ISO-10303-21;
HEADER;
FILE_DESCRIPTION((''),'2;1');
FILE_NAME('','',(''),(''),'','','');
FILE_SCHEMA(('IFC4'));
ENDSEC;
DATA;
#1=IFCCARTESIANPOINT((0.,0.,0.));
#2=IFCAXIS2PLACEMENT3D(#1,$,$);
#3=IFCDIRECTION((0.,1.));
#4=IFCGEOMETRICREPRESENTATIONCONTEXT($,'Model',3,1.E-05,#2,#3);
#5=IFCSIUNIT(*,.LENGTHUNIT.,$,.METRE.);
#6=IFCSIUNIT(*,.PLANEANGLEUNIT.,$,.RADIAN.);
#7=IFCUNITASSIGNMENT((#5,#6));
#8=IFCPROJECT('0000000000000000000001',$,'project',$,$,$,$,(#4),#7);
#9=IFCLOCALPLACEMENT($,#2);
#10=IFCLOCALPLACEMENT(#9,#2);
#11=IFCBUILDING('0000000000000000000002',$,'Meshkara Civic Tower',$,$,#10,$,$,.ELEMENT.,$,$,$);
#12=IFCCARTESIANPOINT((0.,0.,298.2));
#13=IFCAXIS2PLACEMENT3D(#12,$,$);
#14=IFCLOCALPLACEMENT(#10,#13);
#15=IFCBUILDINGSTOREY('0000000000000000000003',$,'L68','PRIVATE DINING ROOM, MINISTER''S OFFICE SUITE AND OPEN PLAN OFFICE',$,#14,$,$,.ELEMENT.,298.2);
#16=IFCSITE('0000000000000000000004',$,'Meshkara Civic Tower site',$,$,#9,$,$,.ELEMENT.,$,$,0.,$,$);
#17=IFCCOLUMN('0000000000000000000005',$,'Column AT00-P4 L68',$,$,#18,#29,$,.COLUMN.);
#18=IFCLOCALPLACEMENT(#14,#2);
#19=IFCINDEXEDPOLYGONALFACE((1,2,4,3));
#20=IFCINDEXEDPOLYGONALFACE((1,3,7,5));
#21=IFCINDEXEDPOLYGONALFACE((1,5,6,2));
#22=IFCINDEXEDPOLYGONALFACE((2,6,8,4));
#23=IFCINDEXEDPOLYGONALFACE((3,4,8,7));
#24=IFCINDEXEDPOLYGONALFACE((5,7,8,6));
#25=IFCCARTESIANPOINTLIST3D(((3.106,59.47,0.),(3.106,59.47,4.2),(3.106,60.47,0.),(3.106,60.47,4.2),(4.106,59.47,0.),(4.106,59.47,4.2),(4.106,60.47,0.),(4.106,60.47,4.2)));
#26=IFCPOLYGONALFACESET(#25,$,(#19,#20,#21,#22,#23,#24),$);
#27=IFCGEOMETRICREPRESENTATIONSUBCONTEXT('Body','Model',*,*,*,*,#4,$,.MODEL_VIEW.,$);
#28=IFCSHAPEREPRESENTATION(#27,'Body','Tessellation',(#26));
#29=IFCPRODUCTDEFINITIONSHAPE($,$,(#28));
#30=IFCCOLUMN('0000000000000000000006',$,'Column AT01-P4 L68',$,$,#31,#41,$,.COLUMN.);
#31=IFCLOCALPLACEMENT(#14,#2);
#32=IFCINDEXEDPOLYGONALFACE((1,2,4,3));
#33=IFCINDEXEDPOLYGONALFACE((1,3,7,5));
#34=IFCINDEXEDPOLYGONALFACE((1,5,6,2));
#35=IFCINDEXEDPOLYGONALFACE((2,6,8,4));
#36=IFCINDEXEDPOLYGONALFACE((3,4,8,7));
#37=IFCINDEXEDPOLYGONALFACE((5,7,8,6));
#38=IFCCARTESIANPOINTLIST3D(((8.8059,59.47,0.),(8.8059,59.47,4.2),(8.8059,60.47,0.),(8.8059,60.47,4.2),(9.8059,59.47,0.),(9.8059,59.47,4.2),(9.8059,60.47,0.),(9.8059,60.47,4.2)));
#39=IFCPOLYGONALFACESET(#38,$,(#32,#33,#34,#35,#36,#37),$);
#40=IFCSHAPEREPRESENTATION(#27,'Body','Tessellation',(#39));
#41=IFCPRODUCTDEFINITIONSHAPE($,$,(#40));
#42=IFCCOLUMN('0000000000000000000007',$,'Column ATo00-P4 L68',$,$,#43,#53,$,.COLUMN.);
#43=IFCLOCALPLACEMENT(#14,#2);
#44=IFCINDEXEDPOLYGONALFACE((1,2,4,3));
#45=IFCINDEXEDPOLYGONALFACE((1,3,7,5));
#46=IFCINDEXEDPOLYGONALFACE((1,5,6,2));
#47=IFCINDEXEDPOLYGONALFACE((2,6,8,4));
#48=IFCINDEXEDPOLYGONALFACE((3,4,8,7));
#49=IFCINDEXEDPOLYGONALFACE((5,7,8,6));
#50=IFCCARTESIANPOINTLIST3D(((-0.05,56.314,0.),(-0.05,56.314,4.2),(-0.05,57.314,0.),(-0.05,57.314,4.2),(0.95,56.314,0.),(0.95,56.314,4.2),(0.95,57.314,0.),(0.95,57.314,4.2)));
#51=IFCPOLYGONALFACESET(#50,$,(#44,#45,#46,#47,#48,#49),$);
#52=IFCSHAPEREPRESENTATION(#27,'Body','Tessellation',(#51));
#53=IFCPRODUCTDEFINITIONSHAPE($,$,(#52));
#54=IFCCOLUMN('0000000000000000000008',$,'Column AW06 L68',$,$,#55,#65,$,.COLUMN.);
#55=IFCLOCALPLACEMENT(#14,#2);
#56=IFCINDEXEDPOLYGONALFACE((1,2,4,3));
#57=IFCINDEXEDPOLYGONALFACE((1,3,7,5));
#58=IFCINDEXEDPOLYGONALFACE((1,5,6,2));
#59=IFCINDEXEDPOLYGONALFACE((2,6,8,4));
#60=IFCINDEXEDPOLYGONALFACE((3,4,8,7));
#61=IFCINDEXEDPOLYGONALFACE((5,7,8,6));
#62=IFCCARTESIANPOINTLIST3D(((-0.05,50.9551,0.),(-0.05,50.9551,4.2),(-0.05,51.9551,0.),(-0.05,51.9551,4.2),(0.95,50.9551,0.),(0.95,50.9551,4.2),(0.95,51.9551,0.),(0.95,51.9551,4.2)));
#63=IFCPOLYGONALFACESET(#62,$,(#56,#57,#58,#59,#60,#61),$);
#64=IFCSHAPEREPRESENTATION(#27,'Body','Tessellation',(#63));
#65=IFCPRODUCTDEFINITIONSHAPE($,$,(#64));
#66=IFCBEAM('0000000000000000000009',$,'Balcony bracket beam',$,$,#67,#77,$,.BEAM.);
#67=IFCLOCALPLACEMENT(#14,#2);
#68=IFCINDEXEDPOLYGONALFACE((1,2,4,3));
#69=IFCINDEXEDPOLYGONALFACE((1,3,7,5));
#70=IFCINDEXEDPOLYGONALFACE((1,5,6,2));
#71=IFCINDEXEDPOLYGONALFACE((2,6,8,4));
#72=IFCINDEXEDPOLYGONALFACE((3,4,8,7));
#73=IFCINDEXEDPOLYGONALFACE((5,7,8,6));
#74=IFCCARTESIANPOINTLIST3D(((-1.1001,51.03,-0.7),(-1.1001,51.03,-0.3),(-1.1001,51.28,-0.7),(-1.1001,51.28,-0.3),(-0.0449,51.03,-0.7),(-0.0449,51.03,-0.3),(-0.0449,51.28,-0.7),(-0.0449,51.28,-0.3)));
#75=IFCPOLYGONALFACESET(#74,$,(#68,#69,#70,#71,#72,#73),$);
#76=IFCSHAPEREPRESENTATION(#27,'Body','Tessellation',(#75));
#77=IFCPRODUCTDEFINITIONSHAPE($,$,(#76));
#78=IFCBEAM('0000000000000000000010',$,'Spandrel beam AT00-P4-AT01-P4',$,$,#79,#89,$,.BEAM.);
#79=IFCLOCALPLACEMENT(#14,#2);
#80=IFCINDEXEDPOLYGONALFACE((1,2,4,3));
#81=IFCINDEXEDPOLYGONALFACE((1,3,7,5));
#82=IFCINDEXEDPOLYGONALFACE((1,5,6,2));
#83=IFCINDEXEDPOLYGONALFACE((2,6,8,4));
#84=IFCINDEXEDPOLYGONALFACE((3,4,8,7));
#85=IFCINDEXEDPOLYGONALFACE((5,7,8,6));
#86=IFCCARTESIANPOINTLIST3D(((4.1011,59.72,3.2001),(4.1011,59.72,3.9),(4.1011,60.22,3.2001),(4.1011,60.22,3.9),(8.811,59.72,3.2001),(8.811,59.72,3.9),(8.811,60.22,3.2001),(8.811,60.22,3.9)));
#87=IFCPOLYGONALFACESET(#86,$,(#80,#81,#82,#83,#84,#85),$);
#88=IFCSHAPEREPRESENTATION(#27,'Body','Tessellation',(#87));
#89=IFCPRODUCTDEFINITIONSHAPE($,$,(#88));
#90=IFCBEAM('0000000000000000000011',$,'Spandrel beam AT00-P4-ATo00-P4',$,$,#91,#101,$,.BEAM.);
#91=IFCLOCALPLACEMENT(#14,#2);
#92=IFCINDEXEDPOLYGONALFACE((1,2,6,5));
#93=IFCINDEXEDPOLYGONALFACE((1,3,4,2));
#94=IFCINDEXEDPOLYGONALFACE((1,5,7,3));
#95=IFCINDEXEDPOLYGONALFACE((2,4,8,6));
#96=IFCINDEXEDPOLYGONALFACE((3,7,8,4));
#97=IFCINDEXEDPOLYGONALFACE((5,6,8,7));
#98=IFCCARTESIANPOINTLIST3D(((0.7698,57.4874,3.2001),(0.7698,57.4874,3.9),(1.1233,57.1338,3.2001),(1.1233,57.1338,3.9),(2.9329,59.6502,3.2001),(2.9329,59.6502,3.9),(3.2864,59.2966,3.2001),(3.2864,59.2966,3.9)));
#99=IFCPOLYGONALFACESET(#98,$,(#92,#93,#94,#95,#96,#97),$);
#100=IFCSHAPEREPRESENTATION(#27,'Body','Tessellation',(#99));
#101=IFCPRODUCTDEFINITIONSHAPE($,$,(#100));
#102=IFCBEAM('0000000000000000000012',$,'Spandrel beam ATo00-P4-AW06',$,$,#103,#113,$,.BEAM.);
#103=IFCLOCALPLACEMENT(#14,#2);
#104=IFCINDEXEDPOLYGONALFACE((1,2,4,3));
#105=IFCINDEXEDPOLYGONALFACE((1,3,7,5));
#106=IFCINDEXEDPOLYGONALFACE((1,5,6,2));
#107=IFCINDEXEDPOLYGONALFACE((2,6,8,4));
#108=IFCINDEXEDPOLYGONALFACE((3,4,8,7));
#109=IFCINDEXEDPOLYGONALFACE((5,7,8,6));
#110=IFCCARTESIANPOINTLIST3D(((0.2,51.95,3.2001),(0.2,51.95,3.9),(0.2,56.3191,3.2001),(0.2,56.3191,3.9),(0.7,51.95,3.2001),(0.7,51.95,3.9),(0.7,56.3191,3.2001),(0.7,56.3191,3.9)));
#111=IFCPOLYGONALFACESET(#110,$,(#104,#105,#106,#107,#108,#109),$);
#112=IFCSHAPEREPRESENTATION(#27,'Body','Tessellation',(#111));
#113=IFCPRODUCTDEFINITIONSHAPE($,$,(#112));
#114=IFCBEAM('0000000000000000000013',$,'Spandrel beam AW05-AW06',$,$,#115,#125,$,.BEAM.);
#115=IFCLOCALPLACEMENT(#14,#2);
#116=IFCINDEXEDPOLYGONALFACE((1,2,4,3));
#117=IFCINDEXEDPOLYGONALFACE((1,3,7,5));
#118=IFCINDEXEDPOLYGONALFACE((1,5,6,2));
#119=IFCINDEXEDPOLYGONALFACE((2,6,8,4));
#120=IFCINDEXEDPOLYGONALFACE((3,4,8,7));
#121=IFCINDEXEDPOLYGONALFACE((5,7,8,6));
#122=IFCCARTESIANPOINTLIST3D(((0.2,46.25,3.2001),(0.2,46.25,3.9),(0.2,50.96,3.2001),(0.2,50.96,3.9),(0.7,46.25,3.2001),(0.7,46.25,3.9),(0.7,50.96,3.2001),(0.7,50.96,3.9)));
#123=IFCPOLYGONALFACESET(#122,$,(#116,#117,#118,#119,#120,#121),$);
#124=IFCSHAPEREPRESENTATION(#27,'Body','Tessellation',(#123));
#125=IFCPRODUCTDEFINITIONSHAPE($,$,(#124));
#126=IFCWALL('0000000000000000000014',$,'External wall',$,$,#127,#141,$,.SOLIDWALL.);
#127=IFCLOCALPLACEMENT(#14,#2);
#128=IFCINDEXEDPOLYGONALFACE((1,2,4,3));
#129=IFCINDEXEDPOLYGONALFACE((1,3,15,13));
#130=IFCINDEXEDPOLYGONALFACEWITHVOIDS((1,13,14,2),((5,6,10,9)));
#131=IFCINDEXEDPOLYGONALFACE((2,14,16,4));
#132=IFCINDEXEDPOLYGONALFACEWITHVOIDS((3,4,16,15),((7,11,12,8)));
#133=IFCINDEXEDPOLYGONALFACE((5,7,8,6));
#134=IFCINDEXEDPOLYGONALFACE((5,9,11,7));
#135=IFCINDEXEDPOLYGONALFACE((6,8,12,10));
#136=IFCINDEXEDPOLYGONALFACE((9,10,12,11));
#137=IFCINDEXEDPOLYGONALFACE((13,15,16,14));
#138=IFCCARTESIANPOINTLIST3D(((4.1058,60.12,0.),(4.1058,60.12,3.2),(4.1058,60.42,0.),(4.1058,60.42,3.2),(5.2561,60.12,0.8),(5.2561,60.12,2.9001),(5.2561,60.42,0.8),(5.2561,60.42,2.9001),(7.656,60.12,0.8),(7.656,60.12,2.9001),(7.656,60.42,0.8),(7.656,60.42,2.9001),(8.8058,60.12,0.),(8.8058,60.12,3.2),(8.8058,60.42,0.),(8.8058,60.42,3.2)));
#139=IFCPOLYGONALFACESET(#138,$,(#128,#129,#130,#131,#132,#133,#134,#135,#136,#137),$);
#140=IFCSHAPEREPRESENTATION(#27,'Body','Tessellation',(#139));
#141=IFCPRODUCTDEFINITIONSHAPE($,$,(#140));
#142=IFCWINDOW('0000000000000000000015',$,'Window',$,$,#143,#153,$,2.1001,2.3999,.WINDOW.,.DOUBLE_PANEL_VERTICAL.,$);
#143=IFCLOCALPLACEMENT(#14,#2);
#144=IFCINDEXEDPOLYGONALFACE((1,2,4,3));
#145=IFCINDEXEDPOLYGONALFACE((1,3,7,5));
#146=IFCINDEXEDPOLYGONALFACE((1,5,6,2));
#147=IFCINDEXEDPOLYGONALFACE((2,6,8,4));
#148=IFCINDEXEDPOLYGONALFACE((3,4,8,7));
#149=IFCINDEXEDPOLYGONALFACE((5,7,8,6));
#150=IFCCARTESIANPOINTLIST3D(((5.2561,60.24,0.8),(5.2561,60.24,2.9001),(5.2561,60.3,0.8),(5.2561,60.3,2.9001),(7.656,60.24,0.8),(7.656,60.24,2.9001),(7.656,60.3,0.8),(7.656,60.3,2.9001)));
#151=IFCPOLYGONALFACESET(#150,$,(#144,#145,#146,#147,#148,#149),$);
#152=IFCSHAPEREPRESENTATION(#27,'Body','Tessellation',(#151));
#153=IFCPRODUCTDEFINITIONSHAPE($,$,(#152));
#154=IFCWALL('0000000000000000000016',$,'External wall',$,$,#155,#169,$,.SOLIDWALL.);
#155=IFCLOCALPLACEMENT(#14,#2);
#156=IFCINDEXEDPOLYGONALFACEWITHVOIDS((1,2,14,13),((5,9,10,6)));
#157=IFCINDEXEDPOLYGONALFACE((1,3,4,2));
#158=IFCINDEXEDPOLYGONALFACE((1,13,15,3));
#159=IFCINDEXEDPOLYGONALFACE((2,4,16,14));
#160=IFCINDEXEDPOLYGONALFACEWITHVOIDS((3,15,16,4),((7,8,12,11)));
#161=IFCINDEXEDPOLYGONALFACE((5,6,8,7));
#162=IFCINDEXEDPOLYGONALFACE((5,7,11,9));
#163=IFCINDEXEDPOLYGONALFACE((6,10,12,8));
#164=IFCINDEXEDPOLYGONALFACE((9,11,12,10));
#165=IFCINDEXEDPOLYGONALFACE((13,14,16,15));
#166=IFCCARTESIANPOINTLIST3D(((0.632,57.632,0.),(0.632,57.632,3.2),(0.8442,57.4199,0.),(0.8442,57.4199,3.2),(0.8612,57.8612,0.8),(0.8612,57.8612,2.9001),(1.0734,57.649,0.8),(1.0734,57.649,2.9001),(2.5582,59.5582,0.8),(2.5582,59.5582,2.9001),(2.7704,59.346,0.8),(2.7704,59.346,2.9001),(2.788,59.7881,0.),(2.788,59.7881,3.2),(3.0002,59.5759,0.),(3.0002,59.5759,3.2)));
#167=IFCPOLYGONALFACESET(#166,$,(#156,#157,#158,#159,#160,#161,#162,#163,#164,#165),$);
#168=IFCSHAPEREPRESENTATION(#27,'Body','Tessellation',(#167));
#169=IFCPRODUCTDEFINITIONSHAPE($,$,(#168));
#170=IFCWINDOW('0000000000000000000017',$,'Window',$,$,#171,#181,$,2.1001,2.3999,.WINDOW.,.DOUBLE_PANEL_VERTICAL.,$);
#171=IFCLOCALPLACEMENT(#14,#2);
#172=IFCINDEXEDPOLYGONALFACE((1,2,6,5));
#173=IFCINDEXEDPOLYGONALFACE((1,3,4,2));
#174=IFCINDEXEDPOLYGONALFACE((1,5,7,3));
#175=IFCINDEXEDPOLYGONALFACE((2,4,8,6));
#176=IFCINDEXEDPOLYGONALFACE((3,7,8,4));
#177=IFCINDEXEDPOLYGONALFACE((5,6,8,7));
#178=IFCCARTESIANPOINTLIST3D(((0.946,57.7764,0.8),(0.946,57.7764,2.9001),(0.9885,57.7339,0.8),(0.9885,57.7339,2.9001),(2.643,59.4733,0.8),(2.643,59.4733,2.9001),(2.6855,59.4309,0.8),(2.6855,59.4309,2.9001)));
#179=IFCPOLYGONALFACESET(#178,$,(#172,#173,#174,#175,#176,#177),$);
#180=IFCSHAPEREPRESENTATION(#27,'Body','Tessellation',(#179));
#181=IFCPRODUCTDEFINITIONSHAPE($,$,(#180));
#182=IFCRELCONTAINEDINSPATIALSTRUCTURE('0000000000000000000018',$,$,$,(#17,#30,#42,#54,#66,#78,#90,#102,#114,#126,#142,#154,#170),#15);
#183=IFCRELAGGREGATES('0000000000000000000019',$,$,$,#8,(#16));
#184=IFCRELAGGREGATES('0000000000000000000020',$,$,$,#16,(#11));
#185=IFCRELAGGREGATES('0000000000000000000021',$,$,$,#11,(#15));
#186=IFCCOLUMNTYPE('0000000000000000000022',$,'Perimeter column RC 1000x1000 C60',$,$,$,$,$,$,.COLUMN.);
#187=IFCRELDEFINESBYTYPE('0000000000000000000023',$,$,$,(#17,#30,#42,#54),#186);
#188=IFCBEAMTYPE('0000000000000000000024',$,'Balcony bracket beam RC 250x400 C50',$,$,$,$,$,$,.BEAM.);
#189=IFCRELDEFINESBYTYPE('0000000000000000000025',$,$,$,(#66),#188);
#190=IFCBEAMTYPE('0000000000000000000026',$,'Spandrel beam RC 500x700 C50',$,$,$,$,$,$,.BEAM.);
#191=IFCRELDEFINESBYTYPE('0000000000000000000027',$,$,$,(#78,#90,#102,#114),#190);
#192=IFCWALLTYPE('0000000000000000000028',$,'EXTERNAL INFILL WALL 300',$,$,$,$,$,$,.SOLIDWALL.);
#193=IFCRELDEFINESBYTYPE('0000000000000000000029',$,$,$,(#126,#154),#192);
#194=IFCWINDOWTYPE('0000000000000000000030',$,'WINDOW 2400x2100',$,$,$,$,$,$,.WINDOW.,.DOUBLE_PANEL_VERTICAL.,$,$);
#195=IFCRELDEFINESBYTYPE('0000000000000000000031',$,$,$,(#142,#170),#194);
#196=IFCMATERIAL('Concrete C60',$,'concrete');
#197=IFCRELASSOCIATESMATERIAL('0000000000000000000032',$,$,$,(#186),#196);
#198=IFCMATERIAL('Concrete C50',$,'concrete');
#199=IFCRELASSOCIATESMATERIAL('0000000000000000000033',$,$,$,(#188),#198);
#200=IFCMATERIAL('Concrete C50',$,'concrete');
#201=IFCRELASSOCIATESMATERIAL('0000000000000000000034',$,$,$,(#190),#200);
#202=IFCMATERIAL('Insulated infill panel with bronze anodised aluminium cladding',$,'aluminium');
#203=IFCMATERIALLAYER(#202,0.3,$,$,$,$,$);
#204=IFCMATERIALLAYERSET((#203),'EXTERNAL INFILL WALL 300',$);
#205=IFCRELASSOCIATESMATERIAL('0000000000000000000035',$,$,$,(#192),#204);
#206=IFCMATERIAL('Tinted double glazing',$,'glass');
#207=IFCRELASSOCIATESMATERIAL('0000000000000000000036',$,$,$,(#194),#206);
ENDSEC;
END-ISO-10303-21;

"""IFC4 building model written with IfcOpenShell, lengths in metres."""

from ifc_helpers import new_model, si_unit, direction, frame, frame_2d, origin, origin_2d, place, context, subcontext, project, spatial, rectangle, extrude, material, layer, layer_set, material_profile, profile_set, type_object, element, fill, save


model = new_model("IFC4")

# Units and contexts
model_context = context("Model", 3, precision=1e-05, world=origin(), true_north=direction((0.0, 1.0)))
body_context = subcontext(model_context, "Body", "Model", "MODEL_VIEW")
ifc_project = project(units=[si_unit("LENGTHUNIT", "METRE"), si_unit("PLANEANGLEUNIT", "RADIAN")], contexts=[model_context])

# Site, building, storey
site_placement = place(None, origin())
site = spatial("IfcSite", under=ifc_project, at=site_placement, Name="Meshkara Civic Tower site", CompositionType="ELEMENT", RefElevation=0.0)
building_placement = place(site_placement, origin())
building = spatial("IfcBuilding", under=site, at=building_placement, Name="Meshkara Civic Tower", CompositionType="ELEMENT")
storey_placement = place(building_placement, frame((0.0, 0.0, 298.2)))
storey = spatial("IfcBuildingStorey", under=building, at=storey_placement, Name="L68", Description="PRIVATE DINING ROOM, MINISTER'S OFFICE SUITE AND OPEN PLAN OFFICE", CompositionType="ELEMENT", Elevation=298.2)

# Columns
ifc_material_1 = material(Name="Concrete C60", Category="concrete")
ifc_material_profile_1 = material_profile(ifc_material_1, rectangle(XDim=1.0, YDim=1.0, at=origin_2d()))
ifc_profile_set_1 = profile_set([ifc_material_profile_1], Name="Concrete C60")
column_type = type_object("IfcColumnType", Name="Perimeter column RC 1000x1000 C60", PredefinedType="COLUMN", material=ifc_profile_set_1)
for number, where, z_axis, x_axis, name in (
    (1, (3.606, 59.97, 0.0), (0.0, 0.0, 1.0), (1.0, 0.0, 0.0), "Column AT00-P4 L68"),
    (2, (9.3059, 59.97, 0.0), (0.0, 0.0, 1.0), (1.0, 0.0, 0.0), "Column AT01-P4 L68"),
    (3, (0.45, 56.814, 0.0), (0.0, 0.0, 1.0), (1.0, 0.0, 0.0), "Column ATo00-P4 L68"),
    (4, (0.45, 51.4551, 0.0), (0.0, 0.0, 1.0), (1.0, 0.0, 0.0), "Column AW06 L68"),
):
    element("IfcColumn", number, at=place(storey_placement, frame(where, z_axis=z_axis, x_axis=x_axis)), inside=storey, type_object=column_type, Name=name, PredefinedType="COLUMN", context=body_context, shape_type="SweptSolid", body=[
        extrude(rectangle(XDim=1.0, YDim=1.0, at=origin_2d()), origin(), (0.0, 0.0, 1.0), 4.2),
    ])

# Beams
ifc_material_2 = material(Name="Concrete C50", Category="concrete")
ifc_material_profile_2 = material_profile(ifc_material_2, rectangle(XDim=0.25, YDim=0.3999, at=origin_2d()))
ifc_profile_set_2 = profile_set([ifc_material_profile_2], Name="Concrete C50")
beam_type_1 = type_object("IfcBeamType", Name="Balcony bracket beam RC 250x400 C50", PredefinedType="BEAM", material=ifc_profile_set_2)
beam_1_placement = place(storey_placement, frame((-0.0449, 51.155, -0.5), z_axis=(-1.0, 0.0, 0.0), x_axis=(0.0, -1.0, 0.0)))
element("IfcBeam", 5, at=beam_1_placement, inside=storey, type_object=beam_type_1, Name="Balcony bracket beam", PredefinedType="BEAM", context=body_context, shape_type="SweptSolid", body=[
    extrude(rectangle(XDim=0.25, YDim=0.3999, at=origin_2d()), origin(), (0.0, 0.0, 1.0), 1.0552),
])
ifc_material_3 = material(Name="Concrete C50", Category="concrete")
ifc_material_profile_3 = material_profile(ifc_material_3, rectangle(XDim=0.5, YDim=0.7, at=origin_2d()))
ifc_profile_set_3 = profile_set([ifc_material_profile_3], Name="Concrete C50")
beam_type_2 = type_object("IfcBeamType", Name="Spandrel beam RC 500x700 C50", PredefinedType="BEAM", material=ifc_profile_set_3)
beam_2_placement = place(storey_placement, frame((8.811, 59.97, 3.55), z_axis=(-1.0, 0.0, 0.0), x_axis=(0.0, -1.0, 0.0)))
element("IfcBeam", 6, at=beam_2_placement, inside=storey, type_object=beam_type_2, Name="Spandrel beam AT00-P4-AT01-P4", PredefinedType="BEAM", context=body_context, shape_type="SweptSolid", body=[
    extrude(rectangle(XDim=0.5, YDim=0.7, at=origin_2d()), origin(), (0.0, 0.0, 1.0), 4.71),
])
beam_3_placement = place(storey_placement, frame((3.1096, 59.4734, 3.55), z_axis=(-0.707147, -0.707067, 0.0), x_axis=(0.707067, -0.707147, 0.0)))
element("IfcBeam", 7, at=beam_3_placement, inside=storey, type_object=beam_type_2, Name="Spandrel beam AT00-P4-ATo00-P4", PredefinedType="BEAM", context=body_context, shape_type="SweptSolid", body=[
    extrude(rectangle(XDim=0.5, YDim=0.7, at=origin_2d()), origin(), (0.0, 0.0, 1.0), 3.0588),
])
beam_4_placement = place(storey_placement, frame((0.45, 56.3191, 3.55), z_axis=(0.0, -1.0, 0.0), x_axis=(1.0, 0.0, 0.0)))
element("IfcBeam", 8, at=beam_4_placement, inside=storey, type_object=beam_type_2, Name="Spandrel beam ATo00-P4-AW06", PredefinedType="BEAM", context=body_context, shape_type="SweptSolid", body=[
    extrude(rectangle(XDim=0.5, YDim=0.7, at=origin_2d()), origin(), (0.0, 0.0, 1.0), 4.3691),
])
beam_5_placement = place(storey_placement, frame((0.45, 50.96, 3.55), z_axis=(0.0, -1.0, 0.0), x_axis=(1.0, 0.0, 0.0)))
element("IfcBeam", 9, at=beam_5_placement, inside=storey, type_object=beam_type_2, Name="Spandrel beam AW05-AW06", PredefinedType="BEAM", context=body_context, shape_type="SweptSolid", body=[
    extrude(rectangle(XDim=0.5, YDim=0.7, at=origin_2d()), origin(), (0.0, 0.0, 1.0), 4.71),
])

# Walls, openings, windows
ifc_material_4 = material(Name="Insulated infill panel with bronze anodised aluminium cladding", Category="aluminium")
ifc_layer_1 = layer(ifc_material_4, 0.3)
ifc_layer_set_1 = layer_set([ifc_layer_1], Name="EXTERNAL INFILL WALL 300")
wall_type_1 = type_object("IfcWallType", Name="EXTERNAL INFILL WALL 300", PredefinedType="SOLIDWALL", material=ifc_layer_set_1)
wall_1_placement = place(storey_placement, frame((8.8059, 60.27, 0.0), z_axis=(0.0, 0.0, 1.0), x_axis=(-1.0, 0.0, 0.0)))
wall_1 = element("IfcWall", 10, at=wall_1_placement, inside=storey, type_object=wall_type_1, Name="External wall", PredefinedType="SOLIDWALL", context=body_context, shape_type="SweptSolid", body=[
    extrude(rectangle(XDim=4.7, YDim=0.3, at=frame_2d((2.3501, 0.0))), origin(), (0.0, 0.0, 1.0), 3.2),
])
opening_1_placement = place(wall_1_placement, frame((1.1499, 0.0, 0.8)))
opening_1 = element("IfcOpeningElement", 11, at=opening_1_placement, cuts=wall_1, PredefinedType="OPENING", context=body_context, shape_type="SweptSolid", body=[
    extrude(rectangle(XDim=2.3999, YDim=2.1001, at=frame_2d((1.2, 1.05))), frame((0.0, 0.1599, 0.0), z_axis=(0.0, -1.0, 0.0), x_axis=(1.0, 0.0, 0.0)), (0.0, 0.0, 1.0), 0.3201),
])
ifc_material_5 = material(Name="Tinted double glazing", Category="glass")
window_type = type_object("IfcWindowType", Name="WINDOW 2400x2100", PartitioningType="DOUBLE_PANEL_VERTICAL", PredefinedType="WINDOW", material=ifc_material_5)
window_1_placement = place(opening_1_placement, origin())
window_1 = element("IfcWindow", 12, at=window_1_placement, inside=storey, type_object=window_type, Name="Window", OverallHeight=2.1001, OverallWidth=2.3999, PartitioningType="DOUBLE_PANEL_VERTICAL", PredefinedType="WINDOW", context=body_context, shape_type="SweptSolid", body=[
    extrude(rectangle(XDim=2.3999, YDim=2.1001, at=frame_2d((1.2, 1.05))), frame((0.0, 0.03, 0.0), z_axis=(0.0, -1.0, 0.0), x_axis=(1.0, 0.0, 0.0)), (0.0, 0.0, 1.0), 0.0601),
])
fill(opening_1, window_1)
wall_2_placement = place(storey_placement, frame((2.894, 59.6819, 0.0), z_axis=(0.0, 0.0, 1.0), x_axis=(-0.707107, -0.707107, 0.0)))
wall_2 = element("IfcWall", 13, at=wall_2_placement, inside=storey, type_object=wall_type_1, Name="External wall", PredefinedType="SOLIDWALL", context=body_context, shape_type="SweptSolid", body=[
    extrude(rectangle(XDim=3.0491, YDim=0.3, at=frame_2d((1.5244, 0.0))), origin(), (0.0, 0.0, 1.0), 3.2),
])
opening_2_placement = place(wall_2_placement, frame((0.325, 0.0, 0.8)))
opening_2 = element("IfcOpeningElement", 14, at=opening_2_placement, cuts=wall_2, PredefinedType="OPENING", context=body_context, shape_type="SweptSolid", body=[
    extrude(rectangle(XDim=2.3999, YDim=2.1001, at=frame_2d((1.2, 1.05))), frame((0.0, 0.1599, 0.0), z_axis=(0.0, -1.0, 0.0), x_axis=(1.0, 0.0, 0.0)), (0.0, 0.0, 1.0), 0.3201),
])
window_2_placement = place(opening_2_placement, origin())
window_2 = element("IfcWindow", 15, at=window_2_placement, inside=storey, type_object=window_type, Name="Window", OverallHeight=2.1001, OverallWidth=2.3999, PartitioningType="DOUBLE_PANEL_VERTICAL", PredefinedType="WINDOW", context=body_context, shape_type="SweptSolid", body=[
    extrude(rectangle(XDim=2.3999, YDim=2.1001, at=frame_2d((1.2, 1.05))), frame((0.0, 0.03, 0.0), z_axis=(0.0, -1.0, 0.0), x_axis=(1.0, 0.0, 0.0)), (0.0, 0.0, 1.0), 0.0601),
])
fill(opening_2, window_2)

save(model, "model.ifc")
